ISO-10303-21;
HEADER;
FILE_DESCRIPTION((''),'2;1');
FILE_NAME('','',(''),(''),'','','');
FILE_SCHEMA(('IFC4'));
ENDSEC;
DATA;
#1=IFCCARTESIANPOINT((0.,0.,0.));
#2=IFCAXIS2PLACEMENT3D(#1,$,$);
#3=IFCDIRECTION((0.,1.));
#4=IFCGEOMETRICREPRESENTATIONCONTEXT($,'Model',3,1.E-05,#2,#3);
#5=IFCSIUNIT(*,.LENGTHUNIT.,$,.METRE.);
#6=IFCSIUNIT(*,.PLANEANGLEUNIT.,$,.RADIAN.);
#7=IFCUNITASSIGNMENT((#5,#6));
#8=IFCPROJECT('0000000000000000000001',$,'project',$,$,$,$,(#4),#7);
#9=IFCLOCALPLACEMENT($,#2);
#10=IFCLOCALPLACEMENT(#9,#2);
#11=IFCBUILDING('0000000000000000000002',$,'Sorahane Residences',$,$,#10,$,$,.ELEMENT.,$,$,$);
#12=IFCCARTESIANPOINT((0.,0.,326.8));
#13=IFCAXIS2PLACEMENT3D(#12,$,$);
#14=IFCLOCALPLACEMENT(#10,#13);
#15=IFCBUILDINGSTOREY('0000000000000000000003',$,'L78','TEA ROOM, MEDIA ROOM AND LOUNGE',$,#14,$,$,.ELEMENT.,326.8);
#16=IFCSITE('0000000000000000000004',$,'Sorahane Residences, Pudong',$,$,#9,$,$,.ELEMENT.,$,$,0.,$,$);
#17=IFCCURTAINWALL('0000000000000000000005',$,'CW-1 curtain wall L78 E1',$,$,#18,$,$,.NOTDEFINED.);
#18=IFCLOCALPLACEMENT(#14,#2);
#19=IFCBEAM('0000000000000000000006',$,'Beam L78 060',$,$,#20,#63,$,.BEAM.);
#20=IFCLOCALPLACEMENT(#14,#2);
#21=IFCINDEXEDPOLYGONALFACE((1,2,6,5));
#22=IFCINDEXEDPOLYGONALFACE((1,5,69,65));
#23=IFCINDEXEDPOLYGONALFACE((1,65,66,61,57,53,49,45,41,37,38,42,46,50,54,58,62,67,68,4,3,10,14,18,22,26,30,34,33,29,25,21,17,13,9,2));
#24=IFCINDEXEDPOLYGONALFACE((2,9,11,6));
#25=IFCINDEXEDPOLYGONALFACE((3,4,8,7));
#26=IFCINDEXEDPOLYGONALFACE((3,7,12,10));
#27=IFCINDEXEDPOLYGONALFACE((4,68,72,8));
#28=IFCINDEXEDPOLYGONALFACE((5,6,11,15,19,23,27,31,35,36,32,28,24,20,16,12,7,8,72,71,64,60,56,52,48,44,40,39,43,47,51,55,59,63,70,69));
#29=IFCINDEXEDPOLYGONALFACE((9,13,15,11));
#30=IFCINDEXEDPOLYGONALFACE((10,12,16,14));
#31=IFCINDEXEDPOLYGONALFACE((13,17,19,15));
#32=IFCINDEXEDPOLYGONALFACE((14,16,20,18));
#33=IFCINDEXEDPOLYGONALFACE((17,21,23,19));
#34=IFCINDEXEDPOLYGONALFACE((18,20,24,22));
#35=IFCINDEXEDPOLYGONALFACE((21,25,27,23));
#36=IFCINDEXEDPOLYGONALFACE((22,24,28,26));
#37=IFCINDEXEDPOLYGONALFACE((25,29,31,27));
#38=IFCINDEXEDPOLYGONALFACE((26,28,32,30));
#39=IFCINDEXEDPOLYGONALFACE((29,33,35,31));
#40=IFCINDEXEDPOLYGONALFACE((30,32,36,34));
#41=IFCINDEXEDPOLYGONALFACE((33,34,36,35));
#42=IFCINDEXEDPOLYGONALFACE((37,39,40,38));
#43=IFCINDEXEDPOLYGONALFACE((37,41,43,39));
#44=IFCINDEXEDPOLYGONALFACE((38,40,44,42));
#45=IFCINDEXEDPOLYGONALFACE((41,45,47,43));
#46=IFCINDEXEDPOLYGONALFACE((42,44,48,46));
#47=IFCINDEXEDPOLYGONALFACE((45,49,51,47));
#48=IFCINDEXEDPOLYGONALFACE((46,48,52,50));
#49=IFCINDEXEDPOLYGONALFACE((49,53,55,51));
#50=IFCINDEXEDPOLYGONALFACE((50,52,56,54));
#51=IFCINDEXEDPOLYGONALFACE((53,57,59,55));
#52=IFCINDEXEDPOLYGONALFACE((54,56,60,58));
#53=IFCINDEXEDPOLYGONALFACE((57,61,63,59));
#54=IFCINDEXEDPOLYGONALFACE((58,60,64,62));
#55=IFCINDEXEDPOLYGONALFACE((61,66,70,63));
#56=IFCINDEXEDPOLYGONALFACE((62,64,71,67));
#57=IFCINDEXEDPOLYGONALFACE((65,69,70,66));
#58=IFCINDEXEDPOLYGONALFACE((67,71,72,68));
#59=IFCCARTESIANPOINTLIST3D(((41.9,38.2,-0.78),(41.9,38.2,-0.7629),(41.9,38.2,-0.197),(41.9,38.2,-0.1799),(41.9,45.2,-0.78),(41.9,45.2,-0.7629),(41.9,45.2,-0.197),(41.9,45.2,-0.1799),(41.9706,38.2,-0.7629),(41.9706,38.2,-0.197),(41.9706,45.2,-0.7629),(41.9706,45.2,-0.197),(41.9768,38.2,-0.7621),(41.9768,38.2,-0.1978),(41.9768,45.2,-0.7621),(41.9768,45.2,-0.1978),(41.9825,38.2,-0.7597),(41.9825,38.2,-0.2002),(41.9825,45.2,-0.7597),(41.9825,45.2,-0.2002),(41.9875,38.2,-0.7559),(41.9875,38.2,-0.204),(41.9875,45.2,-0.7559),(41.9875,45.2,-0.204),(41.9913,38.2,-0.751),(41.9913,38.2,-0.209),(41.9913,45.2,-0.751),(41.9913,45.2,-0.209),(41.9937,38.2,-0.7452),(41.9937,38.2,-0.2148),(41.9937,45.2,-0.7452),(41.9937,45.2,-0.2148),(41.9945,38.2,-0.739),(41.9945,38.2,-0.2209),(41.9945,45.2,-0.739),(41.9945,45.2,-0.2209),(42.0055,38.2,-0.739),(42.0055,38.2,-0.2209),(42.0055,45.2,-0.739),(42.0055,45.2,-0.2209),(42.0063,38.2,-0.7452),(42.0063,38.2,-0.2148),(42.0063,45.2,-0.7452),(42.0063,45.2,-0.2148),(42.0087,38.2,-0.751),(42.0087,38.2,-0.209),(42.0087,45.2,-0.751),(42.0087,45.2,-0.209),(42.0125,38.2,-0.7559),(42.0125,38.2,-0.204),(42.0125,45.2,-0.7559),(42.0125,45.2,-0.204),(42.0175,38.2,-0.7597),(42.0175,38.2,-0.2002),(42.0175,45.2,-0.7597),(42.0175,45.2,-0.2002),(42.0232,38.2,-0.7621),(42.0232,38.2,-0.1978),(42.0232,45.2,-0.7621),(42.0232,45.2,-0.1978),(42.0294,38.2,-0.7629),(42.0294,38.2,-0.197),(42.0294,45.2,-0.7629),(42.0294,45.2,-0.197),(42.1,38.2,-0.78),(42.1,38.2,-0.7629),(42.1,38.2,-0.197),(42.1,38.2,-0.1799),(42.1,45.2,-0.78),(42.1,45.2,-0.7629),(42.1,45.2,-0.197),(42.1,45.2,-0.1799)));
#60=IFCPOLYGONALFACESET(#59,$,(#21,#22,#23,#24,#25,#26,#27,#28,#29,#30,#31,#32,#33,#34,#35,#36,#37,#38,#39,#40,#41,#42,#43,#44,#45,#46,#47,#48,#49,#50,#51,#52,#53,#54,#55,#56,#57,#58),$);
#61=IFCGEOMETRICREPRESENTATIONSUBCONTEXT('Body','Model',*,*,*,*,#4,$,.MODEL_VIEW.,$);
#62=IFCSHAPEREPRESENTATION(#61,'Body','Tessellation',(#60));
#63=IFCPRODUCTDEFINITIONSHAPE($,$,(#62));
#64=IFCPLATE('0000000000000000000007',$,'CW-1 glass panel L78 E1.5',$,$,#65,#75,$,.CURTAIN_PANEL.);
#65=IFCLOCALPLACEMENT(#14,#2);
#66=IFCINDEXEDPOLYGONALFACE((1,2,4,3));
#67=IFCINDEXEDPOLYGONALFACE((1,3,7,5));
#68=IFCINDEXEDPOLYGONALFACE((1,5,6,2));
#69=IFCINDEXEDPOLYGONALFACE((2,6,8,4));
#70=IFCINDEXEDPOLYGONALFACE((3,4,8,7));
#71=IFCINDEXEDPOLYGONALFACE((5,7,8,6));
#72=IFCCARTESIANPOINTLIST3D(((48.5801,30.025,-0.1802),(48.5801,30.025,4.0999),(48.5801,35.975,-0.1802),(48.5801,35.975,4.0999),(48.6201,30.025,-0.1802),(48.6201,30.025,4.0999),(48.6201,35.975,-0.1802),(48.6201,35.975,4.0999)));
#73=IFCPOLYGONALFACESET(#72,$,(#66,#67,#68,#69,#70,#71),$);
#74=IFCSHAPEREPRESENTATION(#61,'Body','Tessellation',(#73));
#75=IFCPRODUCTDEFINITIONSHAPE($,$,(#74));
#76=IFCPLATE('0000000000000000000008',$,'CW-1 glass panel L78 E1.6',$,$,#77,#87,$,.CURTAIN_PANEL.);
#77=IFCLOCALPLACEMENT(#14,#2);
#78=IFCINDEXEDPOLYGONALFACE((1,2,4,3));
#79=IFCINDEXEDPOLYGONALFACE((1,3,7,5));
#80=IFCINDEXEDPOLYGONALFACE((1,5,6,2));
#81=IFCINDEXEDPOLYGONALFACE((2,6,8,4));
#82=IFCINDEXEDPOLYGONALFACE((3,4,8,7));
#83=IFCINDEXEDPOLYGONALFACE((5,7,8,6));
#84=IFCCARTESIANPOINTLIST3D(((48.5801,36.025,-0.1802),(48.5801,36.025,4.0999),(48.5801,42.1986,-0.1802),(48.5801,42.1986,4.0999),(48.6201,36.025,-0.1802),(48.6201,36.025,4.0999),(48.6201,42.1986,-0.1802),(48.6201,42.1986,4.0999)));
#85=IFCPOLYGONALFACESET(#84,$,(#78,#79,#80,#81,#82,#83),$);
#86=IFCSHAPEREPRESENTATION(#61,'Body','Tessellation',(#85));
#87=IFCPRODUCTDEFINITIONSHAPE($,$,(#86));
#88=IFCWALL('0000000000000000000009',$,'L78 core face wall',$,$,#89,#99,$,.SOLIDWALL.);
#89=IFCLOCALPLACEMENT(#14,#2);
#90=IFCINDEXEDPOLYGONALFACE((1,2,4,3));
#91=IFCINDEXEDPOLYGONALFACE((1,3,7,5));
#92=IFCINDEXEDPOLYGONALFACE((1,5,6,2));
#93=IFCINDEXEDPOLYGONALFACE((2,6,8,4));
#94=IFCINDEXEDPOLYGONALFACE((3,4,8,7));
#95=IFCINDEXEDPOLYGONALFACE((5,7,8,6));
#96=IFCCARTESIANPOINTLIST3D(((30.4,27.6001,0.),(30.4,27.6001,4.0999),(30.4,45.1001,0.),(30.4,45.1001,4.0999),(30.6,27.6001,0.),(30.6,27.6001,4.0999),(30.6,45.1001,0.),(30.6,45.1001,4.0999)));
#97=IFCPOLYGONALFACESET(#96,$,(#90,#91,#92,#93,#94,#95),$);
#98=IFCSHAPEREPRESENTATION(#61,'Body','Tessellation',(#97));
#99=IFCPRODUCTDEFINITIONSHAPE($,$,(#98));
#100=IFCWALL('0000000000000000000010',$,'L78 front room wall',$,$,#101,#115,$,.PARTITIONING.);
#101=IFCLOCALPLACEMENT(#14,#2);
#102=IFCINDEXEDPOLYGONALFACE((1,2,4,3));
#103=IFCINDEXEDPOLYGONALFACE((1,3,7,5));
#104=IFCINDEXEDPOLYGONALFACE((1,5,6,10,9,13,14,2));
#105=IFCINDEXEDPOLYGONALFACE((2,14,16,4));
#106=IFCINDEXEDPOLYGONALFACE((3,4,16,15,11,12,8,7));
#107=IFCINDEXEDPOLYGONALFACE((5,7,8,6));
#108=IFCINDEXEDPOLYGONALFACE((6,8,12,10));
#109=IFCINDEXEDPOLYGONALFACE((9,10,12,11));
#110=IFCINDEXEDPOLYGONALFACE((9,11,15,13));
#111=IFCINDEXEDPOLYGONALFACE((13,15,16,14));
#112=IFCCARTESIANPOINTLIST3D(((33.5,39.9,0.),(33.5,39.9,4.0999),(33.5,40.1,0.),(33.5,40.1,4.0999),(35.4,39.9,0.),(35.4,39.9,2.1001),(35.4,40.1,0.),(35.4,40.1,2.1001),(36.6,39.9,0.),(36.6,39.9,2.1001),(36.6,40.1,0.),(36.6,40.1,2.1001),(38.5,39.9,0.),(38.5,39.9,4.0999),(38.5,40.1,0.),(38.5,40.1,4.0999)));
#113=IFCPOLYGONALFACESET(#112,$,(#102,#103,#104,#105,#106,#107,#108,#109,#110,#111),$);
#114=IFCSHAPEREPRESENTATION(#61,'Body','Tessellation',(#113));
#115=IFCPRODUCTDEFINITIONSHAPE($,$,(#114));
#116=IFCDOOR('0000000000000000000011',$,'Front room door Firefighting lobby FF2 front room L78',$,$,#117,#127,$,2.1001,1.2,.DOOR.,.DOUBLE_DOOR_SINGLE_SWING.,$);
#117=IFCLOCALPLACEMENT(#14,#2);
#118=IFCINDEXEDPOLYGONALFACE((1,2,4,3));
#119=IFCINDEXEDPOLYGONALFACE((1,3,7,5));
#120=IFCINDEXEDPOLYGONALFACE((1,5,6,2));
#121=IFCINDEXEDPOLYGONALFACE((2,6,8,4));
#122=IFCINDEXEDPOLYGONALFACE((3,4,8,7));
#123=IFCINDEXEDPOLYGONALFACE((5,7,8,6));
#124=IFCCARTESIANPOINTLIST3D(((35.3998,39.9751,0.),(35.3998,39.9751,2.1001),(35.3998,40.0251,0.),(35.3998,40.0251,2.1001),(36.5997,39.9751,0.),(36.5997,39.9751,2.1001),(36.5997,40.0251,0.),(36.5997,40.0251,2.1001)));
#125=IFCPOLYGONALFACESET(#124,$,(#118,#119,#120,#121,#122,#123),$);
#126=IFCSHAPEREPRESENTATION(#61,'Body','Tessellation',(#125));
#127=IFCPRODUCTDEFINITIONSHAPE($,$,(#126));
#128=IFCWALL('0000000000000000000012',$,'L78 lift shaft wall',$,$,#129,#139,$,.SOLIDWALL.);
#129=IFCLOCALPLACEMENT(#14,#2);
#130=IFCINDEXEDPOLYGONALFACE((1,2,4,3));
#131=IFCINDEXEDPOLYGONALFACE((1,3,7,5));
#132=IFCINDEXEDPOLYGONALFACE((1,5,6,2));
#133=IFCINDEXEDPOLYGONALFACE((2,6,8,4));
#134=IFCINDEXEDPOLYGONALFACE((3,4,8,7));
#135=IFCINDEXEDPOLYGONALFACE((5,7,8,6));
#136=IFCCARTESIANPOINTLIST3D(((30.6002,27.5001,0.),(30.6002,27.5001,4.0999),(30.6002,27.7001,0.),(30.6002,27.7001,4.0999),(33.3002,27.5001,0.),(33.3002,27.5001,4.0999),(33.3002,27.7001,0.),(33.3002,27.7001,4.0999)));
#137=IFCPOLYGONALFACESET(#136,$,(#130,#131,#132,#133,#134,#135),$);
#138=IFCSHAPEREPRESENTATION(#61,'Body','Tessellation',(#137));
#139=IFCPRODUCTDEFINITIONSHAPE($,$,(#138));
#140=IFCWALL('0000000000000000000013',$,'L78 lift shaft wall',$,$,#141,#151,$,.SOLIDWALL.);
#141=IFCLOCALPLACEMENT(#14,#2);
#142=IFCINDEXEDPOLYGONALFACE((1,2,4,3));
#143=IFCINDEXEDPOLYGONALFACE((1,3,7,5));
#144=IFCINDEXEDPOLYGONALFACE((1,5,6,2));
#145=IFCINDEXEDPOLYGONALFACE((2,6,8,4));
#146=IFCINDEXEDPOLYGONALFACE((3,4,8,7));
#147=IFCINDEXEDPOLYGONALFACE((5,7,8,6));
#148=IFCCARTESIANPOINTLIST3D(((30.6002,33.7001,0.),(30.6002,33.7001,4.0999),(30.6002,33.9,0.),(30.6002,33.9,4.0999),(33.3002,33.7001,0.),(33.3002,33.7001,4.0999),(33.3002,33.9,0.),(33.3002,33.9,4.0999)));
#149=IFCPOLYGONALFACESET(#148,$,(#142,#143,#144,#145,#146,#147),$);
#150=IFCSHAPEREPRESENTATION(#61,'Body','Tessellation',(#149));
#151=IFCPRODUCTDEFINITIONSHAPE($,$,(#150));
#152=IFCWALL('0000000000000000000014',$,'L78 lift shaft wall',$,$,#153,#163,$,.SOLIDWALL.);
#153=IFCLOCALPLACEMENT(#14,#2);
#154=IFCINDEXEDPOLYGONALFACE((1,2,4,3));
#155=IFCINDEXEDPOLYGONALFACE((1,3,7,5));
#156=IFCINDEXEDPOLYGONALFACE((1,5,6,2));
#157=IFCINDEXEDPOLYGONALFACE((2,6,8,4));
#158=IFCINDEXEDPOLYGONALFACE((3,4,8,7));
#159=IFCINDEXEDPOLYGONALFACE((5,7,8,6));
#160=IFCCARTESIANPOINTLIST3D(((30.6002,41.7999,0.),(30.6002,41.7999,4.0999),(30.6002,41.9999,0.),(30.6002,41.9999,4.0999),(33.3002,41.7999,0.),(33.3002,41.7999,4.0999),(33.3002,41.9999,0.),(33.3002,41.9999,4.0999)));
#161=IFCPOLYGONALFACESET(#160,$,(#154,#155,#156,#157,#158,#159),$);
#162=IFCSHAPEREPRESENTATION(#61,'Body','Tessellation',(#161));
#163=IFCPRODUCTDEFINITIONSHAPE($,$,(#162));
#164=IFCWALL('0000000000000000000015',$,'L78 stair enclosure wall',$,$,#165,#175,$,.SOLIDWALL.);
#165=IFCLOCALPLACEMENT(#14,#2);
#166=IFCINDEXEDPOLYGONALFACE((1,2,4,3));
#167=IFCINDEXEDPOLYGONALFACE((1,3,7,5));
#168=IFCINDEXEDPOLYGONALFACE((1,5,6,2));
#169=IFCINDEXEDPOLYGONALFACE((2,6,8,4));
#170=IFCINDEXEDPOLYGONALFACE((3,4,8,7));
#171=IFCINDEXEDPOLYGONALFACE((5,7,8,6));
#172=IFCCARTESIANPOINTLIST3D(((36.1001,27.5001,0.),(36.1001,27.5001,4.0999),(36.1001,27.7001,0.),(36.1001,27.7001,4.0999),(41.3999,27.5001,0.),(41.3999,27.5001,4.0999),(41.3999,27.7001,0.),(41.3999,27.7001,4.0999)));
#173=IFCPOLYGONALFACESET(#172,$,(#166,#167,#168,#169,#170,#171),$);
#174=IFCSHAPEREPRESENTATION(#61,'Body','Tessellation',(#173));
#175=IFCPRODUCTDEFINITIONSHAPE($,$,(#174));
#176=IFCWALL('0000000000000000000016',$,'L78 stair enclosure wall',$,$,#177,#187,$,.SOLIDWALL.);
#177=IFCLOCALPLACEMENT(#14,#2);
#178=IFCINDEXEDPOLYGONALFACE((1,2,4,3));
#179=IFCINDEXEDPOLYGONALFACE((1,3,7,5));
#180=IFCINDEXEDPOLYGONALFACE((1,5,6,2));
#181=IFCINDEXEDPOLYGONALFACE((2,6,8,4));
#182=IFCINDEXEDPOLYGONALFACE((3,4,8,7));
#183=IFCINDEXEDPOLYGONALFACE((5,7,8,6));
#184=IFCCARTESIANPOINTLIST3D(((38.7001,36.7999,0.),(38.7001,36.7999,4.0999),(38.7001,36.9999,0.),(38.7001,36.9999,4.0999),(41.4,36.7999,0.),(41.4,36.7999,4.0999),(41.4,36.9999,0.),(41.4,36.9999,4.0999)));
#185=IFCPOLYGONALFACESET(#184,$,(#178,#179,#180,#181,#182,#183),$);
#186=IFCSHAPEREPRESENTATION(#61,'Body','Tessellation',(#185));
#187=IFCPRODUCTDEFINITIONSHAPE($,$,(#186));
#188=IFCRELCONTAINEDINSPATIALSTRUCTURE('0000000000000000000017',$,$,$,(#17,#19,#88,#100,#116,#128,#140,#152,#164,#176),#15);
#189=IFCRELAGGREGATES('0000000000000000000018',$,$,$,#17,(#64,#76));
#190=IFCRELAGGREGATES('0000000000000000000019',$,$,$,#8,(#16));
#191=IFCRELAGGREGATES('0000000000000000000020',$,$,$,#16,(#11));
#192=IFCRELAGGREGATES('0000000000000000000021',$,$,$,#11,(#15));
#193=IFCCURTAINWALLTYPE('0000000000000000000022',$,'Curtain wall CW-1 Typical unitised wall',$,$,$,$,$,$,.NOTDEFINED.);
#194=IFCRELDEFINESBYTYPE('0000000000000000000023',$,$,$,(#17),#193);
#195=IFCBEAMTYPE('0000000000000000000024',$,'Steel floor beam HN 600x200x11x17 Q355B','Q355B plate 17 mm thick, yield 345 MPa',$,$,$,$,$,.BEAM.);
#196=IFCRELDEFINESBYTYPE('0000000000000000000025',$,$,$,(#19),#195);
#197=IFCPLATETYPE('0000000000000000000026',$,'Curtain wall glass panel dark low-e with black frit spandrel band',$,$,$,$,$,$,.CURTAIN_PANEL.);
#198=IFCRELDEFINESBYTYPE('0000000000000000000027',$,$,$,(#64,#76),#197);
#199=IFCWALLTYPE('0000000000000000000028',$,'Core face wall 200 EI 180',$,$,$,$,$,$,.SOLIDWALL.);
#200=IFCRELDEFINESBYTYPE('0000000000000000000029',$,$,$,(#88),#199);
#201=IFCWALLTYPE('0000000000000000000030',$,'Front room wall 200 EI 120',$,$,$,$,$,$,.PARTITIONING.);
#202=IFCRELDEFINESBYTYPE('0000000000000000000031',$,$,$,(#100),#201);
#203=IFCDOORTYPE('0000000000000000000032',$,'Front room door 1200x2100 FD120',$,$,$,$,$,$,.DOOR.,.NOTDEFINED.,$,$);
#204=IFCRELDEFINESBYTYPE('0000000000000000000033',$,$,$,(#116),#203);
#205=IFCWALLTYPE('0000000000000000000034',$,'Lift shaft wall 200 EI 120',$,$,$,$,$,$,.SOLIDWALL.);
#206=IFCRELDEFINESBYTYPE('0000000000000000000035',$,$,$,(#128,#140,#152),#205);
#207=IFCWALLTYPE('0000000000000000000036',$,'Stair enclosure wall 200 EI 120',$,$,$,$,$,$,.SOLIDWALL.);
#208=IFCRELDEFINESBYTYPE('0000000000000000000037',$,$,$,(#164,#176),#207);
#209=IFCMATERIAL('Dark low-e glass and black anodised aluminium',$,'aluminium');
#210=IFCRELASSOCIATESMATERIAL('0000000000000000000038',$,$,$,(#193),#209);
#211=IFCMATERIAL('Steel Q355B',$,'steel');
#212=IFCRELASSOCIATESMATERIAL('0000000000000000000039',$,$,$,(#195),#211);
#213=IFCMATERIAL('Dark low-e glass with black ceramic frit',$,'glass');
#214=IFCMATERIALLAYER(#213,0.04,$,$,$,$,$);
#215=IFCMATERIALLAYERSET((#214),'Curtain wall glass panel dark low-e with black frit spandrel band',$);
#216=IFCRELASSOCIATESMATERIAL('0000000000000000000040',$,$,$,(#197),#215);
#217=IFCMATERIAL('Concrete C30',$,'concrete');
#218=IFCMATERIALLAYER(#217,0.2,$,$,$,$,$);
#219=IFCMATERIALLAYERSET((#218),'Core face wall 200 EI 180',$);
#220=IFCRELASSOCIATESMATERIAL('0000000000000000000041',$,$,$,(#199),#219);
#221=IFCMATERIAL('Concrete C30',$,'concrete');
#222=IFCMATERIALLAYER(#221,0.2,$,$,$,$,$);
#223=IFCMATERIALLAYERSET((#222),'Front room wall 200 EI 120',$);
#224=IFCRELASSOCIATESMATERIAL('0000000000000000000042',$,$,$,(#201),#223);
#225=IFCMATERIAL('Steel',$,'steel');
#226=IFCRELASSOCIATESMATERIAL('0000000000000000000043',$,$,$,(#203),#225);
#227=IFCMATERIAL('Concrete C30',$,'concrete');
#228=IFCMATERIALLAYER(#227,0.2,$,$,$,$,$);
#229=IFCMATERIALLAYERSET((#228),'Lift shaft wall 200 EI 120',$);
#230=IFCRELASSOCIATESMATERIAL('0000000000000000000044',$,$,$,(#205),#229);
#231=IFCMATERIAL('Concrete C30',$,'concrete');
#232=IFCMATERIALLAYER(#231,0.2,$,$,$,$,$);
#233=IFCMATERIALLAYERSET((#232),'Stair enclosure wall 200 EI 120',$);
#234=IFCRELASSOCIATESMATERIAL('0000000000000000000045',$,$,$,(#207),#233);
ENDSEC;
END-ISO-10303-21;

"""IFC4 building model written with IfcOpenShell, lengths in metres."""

from ifc_helpers import new_model, si_unit, direction, frame, frame_2d, origin, origin_2d, place, context, subcontext, project, spatial, rectangle, i_section, extrude, material, layer, layer_set, material_profile, profile_set, type_object, element, fill, aggregate, save


model = new_model("IFC4")

# Units and contexts
model_context = context("Model", 3, precision=1e-05, world=origin(), true_north=direction((0.0, 1.0)))
body_context = subcontext(model_context, "Body", "Model", "MODEL_VIEW")
ifc_project = project(units=[si_unit("LENGTHUNIT", "METRE"), si_unit("PLANEANGLEUNIT", "RADIAN")], contexts=[model_context])

# Site, building, storey
site_placement = place(None, origin())
site = spatial("IfcSite", under=ifc_project, at=site_placement, Name="Sorahane Residences, Pudong", CompositionType="ELEMENT", RefElevation=0.0)
building_placement = place(site_placement, origin())
building = spatial("IfcBuilding", under=site, at=building_placement, Name="Sorahane Residences", CompositionType="ELEMENT")
storey_placement = place(building_placement, frame((0.0, 0.0, 326.8)))
storey = spatial("IfcBuildingStorey", under=building, at=storey_placement, Name="L78", Description="TEA ROOM, MEDIA ROOM AND LOUNGE", CompositionType="ELEMENT", Elevation=326.8)

# Curtain wall
ifc_material_1 = material(Name="Dark low-e glass and black anodised aluminium", Category="aluminium")
curtain_wall_type_1 = type_object("IfcCurtainWallType", Name="Curtain wall CW-1 Typical unitised wall", PredefinedType="NOTDEFINED", material=ifc_material_1)
curtain_wall_1_placement = place(storey_placement, origin())
curtain_wall_1 = element("IfcCurtainWall", 1, at=curtain_wall_1_placement, inside=storey, type_object=curtain_wall_type_1, Name="CW-1 curtain wall L78 E1", PredefinedType="NOTDEFINED")

# Beam
ifc_material_2 = material(Name="Steel Q355B", Category="steel")
ifc_material_profile_1 = material_profile(ifc_material_2, i_section(OverallWidth=0.2, OverallDepth=0.6001, WebThickness=0.011, FlangeThickness=0.0171, FilletRadius=0.0239, at=origin_2d()), Name="HN 600x200x11x17")
ifc_profile_set_1 = profile_set([ifc_material_profile_1], Name="Steel Q355B")
beam_type_1 = type_object("IfcBeamType", Name="Steel floor beam HN 600x200x11x17 Q355B", Description="Q355B plate 17 mm thick, yield 345 MPa", PredefinedType="BEAM", material=ifc_profile_set_1)
for number, where, z_axis, x_axis, name in (
    (2, (42.0, 38.2, -0.48), (0.0, 1.0, 0.0), (-1.0, 0.0, 0.0), "Beam L78 060"),
):
    element("IfcBeam", number, at=place(storey_placement, frame(where, z_axis=z_axis, x_axis=x_axis)), inside=storey, type_object=beam_type_1, Name=name, PredefinedType="BEAM", context=body_context, shape_type="SweptSolid", body=[
        extrude(i_section(OverallWidth=0.2, OverallDepth=0.6001, WebThickness=0.011, FlangeThickness=0.0171, FilletRadius=0.0239, at=origin_2d()), origin(), (0.0, 0.0, 1.0), 7.0),
    ])

# Plates
ifc_material_3 = material(Name="Dark low-e glass with black ceramic frit", Category="glass")
ifc_layer_1 = layer(ifc_material_3, 0.04)
ifc_layer_set_1 = layer_set([ifc_layer_1], Name="Curtain wall glass panel dark low-e with black frit spandrel band")
plate_type = type_object("IfcPlateType", Name="Curtain wall glass panel dark low-e with black frit spandrel band", PredefinedType="CURTAIN_PANEL", material=ifc_layer_set_1)
plate_1_placement = place(storey_placement, frame((48.6001, 33.0, -0.1802), z_axis=(0.0, 0.0, 1.0), x_axis=(0.0, 1.0, 0.0)))
plate_1 = element("IfcPlate", 3, at=plate_1_placement, type_object=plate_type, Name="CW-1 glass panel L78 E1.5", PredefinedType="CURTAIN_PANEL", context=body_context, shape_type="SweptSolid", body=[
    extrude(rectangle(XDim=5.95, YDim=0.04, at=origin_2d()), origin(), (0.0, 0.0, 1.0), 4.28),
])
plate_2_placement = place(storey_placement, frame((48.6001, 39.1118, -0.1802), z_axis=(0.0, 0.0, 1.0), x_axis=(0.0, 1.0, 0.0)))
plate_2 = element("IfcPlate", 4, at=plate_2_placement, type_object=plate_type, Name="CW-1 glass panel L78 E1.6", PredefinedType="CURTAIN_PANEL", context=body_context, shape_type="SweptSolid", body=[
    extrude(rectangle(XDim=6.1736, YDim=0.04, at=origin_2d()), origin(), (0.0, 0.0, 1.0), 4.28),
])
aggregate(curtain_wall_1, [plate_1, plate_2])

# Wall
ifc_material_4 = material(Name="Concrete C30", Category="concrete")
ifc_layer_2 = layer(ifc_material_4, 0.2)
ifc_layer_set_2 = layer_set([ifc_layer_2], Name="Core face wall 200 EI 180")
wall_type_1 = type_object("IfcWallType", Name="Core face wall 200 EI 180", PredefinedType="SOLIDWALL", material=ifc_layer_set_2)
wall_1_placement = place(storey_placement, frame((30.5, 27.6001, 0.0), z_axis=(0.0, 0.0, 1.0), x_axis=(0.0, 1.0, 0.0)))
element("IfcWall", 5, at=wall_1_placement, inside=storey, type_object=wall_type_1, Name="L78 core face wall", PredefinedType="SOLIDWALL", context=body_context, shape_type="SweptSolid", body=[
    extrude(rectangle(XDim=17.5, YDim=0.2, at=frame_2d((8.75, 0.0))), origin(), (0.0, 0.0, 1.0), 4.0999),
])

# Wall, opening, door
ifc_material_5 = material(Name="Concrete C30", Category="concrete")
ifc_layer_3 = layer(ifc_material_5, 0.2)
ifc_layer_set_3 = layer_set([ifc_layer_3], Name="Front room wall 200 EI 120")
wall_type_2 = type_object("IfcWallType", Name="Front room wall 200 EI 120", PredefinedType="PARTITIONING", material=ifc_layer_set_3)
wall_2_placement = place(storey_placement, frame((33.5, 40.0, 0.0), z_axis=(0.0, 0.0, 1.0), x_axis=(1.0, 0.0, 0.0)))
wall_2 = element("IfcWall", 6, at=wall_2_placement, inside=storey, type_object=wall_type_2, Name="L78 front room wall", PredefinedType="PARTITIONING", context=body_context, shape_type="SweptSolid", body=[
    extrude(rectangle(XDim=5.0, YDim=0.2, at=frame_2d((2.5, 0.0))), origin(), (0.0, 0.0, 1.0), 4.0999),
])
opening_placement = place(wall_2_placement, frame((1.8999, 0.0, 0.0)))
opening = element("IfcOpeningElement", 7, at=opening_placement, cuts=wall_2, PredefinedType="OPENING", context=body_context, shape_type="SweptSolid", body=[
    extrude(rectangle(XDim=1.2, YDim=2.1001, at=frame_2d((0.6001, 1.05))), frame((0.0, 0.1099, 0.0), z_axis=(0.0, -1.0, 0.0), x_axis=(1.0, 0.0, 0.0)), (0.0, 0.0, 1.0), 0.22),
])
ifc_material_6 = material(Name="Steel", Category="steel")
door_type = type_object("IfcDoorType", Name="Front room door 1200x2100 FD120", OperationType="NOTDEFINED", PredefinedType="DOOR", material=ifc_material_6)
door_placement = place(opening_placement, frame((1.2, 0.0, 0.0), z_axis=(0.0, 0.0, 1.0), x_axis=(-1.0, 0.0, 0.0)))
door = element("IfcDoor", 8, at=door_placement, inside=storey, type_object=door_type, Name="Front room door Firefighting lobby FF2 front room L78", OperationType="DOUBLE_DOOR_SINGLE_SWING", OverallHeight=2.1001, OverallWidth=1.2, PredefinedType="DOOR", context=body_context, shape_type="SweptSolid", body=[
    extrude(rectangle(XDim=1.2, YDim=2.1001, at=frame_2d((0.6001, 1.05))), frame((0.0, 0.0249, 0.0), z_axis=(0.0, -1.0, 0.0), x_axis=(1.0, 0.0, 0.0)), (0.0, 0.0, 1.0), 0.05),
])
fill(opening, door)

# Walls
ifc_material_7 = material(Name="Concrete C30", Category="concrete")
ifc_layer_4 = layer(ifc_material_7, 0.2)
ifc_layer_set_4 = layer_set([ifc_layer_4], Name="Lift shaft wall 200 EI 120")
wall_type_3 = type_object("IfcWallType", Name="Lift shaft wall 200 EI 120", PredefinedType="SOLIDWALL", material=ifc_layer_set_4)
for number, where, z_axis, x_axis, name in (
    (9, (30.6001, 27.6001, 0.0), (0.0, 0.0, 1.0), (1.0, 0.0, 0.0), "L78 lift shaft wall"),
    (10, (30.6001, 33.8, 0.0), (0.0, 0.0, 1.0), (1.0, 0.0, 0.0), "L78 lift shaft wall"),
    (11, (30.6001, 41.8999, 0.0), (0.0, 0.0, 1.0), (1.0, 0.0, 0.0), "L78 lift shaft wall"),
):
    element("IfcWall", number, at=place(storey_placement, frame(where, z_axis=z_axis, x_axis=x_axis)), inside=storey, type_object=wall_type_3, Name=name, PredefinedType="SOLIDWALL", context=body_context, shape_type="SweptSolid", body=[
        extrude(rectangle(XDim=2.7, YDim=0.2, at=frame_2d((1.3501, 0.0))), origin(), (0.0, 0.0, 1.0), 4.0999),
    ])
ifc_material_8 = material(Name="Concrete C30", Category="concrete")
ifc_layer_5 = layer(ifc_material_8, 0.2)
ifc_layer_set_5 = layer_set([ifc_layer_5], Name="Stair enclosure wall 200 EI 120")
wall_type_4 = type_object("IfcWallType", Name="Stair enclosure wall 200 EI 120", PredefinedType="SOLIDWALL", material=ifc_layer_set_5)
wall_3_placement = place(storey_placement, frame((36.1001, 27.6001, 0.0), z_axis=(0.0, 0.0, 1.0), x_axis=(1.0, 0.0, 0.0)))
element("IfcWall", 12, at=wall_3_placement, inside=storey, type_object=wall_type_4, Name="L78 stair enclosure wall", PredefinedType="SOLIDWALL", context=body_context, shape_type="SweptSolid", body=[
    extrude(rectangle(XDim=5.2998, YDim=0.2, at=frame_2d((2.6499, 0.0))), origin(), (0.0, 0.0, 1.0), 4.0999),
])
wall_4_placement = place(storey_placement, frame((38.7, 36.8999, 0.0), z_axis=(0.0, 0.0, 1.0), x_axis=(1.0, 0.0, 0.0)))
element("IfcWall", 13, at=wall_4_placement, inside=storey, type_object=wall_type_4, Name="L78 stair enclosure wall", PredefinedType="SOLIDWALL", context=body_context, shape_type="SweptSolid", body=[
    extrude(rectangle(XDim=2.7, YDim=0.2, at=frame_2d((1.3501, 0.0))), origin(), (0.0, 0.0, 1.0), 4.0999),
])

save(model, "model.ifc")
